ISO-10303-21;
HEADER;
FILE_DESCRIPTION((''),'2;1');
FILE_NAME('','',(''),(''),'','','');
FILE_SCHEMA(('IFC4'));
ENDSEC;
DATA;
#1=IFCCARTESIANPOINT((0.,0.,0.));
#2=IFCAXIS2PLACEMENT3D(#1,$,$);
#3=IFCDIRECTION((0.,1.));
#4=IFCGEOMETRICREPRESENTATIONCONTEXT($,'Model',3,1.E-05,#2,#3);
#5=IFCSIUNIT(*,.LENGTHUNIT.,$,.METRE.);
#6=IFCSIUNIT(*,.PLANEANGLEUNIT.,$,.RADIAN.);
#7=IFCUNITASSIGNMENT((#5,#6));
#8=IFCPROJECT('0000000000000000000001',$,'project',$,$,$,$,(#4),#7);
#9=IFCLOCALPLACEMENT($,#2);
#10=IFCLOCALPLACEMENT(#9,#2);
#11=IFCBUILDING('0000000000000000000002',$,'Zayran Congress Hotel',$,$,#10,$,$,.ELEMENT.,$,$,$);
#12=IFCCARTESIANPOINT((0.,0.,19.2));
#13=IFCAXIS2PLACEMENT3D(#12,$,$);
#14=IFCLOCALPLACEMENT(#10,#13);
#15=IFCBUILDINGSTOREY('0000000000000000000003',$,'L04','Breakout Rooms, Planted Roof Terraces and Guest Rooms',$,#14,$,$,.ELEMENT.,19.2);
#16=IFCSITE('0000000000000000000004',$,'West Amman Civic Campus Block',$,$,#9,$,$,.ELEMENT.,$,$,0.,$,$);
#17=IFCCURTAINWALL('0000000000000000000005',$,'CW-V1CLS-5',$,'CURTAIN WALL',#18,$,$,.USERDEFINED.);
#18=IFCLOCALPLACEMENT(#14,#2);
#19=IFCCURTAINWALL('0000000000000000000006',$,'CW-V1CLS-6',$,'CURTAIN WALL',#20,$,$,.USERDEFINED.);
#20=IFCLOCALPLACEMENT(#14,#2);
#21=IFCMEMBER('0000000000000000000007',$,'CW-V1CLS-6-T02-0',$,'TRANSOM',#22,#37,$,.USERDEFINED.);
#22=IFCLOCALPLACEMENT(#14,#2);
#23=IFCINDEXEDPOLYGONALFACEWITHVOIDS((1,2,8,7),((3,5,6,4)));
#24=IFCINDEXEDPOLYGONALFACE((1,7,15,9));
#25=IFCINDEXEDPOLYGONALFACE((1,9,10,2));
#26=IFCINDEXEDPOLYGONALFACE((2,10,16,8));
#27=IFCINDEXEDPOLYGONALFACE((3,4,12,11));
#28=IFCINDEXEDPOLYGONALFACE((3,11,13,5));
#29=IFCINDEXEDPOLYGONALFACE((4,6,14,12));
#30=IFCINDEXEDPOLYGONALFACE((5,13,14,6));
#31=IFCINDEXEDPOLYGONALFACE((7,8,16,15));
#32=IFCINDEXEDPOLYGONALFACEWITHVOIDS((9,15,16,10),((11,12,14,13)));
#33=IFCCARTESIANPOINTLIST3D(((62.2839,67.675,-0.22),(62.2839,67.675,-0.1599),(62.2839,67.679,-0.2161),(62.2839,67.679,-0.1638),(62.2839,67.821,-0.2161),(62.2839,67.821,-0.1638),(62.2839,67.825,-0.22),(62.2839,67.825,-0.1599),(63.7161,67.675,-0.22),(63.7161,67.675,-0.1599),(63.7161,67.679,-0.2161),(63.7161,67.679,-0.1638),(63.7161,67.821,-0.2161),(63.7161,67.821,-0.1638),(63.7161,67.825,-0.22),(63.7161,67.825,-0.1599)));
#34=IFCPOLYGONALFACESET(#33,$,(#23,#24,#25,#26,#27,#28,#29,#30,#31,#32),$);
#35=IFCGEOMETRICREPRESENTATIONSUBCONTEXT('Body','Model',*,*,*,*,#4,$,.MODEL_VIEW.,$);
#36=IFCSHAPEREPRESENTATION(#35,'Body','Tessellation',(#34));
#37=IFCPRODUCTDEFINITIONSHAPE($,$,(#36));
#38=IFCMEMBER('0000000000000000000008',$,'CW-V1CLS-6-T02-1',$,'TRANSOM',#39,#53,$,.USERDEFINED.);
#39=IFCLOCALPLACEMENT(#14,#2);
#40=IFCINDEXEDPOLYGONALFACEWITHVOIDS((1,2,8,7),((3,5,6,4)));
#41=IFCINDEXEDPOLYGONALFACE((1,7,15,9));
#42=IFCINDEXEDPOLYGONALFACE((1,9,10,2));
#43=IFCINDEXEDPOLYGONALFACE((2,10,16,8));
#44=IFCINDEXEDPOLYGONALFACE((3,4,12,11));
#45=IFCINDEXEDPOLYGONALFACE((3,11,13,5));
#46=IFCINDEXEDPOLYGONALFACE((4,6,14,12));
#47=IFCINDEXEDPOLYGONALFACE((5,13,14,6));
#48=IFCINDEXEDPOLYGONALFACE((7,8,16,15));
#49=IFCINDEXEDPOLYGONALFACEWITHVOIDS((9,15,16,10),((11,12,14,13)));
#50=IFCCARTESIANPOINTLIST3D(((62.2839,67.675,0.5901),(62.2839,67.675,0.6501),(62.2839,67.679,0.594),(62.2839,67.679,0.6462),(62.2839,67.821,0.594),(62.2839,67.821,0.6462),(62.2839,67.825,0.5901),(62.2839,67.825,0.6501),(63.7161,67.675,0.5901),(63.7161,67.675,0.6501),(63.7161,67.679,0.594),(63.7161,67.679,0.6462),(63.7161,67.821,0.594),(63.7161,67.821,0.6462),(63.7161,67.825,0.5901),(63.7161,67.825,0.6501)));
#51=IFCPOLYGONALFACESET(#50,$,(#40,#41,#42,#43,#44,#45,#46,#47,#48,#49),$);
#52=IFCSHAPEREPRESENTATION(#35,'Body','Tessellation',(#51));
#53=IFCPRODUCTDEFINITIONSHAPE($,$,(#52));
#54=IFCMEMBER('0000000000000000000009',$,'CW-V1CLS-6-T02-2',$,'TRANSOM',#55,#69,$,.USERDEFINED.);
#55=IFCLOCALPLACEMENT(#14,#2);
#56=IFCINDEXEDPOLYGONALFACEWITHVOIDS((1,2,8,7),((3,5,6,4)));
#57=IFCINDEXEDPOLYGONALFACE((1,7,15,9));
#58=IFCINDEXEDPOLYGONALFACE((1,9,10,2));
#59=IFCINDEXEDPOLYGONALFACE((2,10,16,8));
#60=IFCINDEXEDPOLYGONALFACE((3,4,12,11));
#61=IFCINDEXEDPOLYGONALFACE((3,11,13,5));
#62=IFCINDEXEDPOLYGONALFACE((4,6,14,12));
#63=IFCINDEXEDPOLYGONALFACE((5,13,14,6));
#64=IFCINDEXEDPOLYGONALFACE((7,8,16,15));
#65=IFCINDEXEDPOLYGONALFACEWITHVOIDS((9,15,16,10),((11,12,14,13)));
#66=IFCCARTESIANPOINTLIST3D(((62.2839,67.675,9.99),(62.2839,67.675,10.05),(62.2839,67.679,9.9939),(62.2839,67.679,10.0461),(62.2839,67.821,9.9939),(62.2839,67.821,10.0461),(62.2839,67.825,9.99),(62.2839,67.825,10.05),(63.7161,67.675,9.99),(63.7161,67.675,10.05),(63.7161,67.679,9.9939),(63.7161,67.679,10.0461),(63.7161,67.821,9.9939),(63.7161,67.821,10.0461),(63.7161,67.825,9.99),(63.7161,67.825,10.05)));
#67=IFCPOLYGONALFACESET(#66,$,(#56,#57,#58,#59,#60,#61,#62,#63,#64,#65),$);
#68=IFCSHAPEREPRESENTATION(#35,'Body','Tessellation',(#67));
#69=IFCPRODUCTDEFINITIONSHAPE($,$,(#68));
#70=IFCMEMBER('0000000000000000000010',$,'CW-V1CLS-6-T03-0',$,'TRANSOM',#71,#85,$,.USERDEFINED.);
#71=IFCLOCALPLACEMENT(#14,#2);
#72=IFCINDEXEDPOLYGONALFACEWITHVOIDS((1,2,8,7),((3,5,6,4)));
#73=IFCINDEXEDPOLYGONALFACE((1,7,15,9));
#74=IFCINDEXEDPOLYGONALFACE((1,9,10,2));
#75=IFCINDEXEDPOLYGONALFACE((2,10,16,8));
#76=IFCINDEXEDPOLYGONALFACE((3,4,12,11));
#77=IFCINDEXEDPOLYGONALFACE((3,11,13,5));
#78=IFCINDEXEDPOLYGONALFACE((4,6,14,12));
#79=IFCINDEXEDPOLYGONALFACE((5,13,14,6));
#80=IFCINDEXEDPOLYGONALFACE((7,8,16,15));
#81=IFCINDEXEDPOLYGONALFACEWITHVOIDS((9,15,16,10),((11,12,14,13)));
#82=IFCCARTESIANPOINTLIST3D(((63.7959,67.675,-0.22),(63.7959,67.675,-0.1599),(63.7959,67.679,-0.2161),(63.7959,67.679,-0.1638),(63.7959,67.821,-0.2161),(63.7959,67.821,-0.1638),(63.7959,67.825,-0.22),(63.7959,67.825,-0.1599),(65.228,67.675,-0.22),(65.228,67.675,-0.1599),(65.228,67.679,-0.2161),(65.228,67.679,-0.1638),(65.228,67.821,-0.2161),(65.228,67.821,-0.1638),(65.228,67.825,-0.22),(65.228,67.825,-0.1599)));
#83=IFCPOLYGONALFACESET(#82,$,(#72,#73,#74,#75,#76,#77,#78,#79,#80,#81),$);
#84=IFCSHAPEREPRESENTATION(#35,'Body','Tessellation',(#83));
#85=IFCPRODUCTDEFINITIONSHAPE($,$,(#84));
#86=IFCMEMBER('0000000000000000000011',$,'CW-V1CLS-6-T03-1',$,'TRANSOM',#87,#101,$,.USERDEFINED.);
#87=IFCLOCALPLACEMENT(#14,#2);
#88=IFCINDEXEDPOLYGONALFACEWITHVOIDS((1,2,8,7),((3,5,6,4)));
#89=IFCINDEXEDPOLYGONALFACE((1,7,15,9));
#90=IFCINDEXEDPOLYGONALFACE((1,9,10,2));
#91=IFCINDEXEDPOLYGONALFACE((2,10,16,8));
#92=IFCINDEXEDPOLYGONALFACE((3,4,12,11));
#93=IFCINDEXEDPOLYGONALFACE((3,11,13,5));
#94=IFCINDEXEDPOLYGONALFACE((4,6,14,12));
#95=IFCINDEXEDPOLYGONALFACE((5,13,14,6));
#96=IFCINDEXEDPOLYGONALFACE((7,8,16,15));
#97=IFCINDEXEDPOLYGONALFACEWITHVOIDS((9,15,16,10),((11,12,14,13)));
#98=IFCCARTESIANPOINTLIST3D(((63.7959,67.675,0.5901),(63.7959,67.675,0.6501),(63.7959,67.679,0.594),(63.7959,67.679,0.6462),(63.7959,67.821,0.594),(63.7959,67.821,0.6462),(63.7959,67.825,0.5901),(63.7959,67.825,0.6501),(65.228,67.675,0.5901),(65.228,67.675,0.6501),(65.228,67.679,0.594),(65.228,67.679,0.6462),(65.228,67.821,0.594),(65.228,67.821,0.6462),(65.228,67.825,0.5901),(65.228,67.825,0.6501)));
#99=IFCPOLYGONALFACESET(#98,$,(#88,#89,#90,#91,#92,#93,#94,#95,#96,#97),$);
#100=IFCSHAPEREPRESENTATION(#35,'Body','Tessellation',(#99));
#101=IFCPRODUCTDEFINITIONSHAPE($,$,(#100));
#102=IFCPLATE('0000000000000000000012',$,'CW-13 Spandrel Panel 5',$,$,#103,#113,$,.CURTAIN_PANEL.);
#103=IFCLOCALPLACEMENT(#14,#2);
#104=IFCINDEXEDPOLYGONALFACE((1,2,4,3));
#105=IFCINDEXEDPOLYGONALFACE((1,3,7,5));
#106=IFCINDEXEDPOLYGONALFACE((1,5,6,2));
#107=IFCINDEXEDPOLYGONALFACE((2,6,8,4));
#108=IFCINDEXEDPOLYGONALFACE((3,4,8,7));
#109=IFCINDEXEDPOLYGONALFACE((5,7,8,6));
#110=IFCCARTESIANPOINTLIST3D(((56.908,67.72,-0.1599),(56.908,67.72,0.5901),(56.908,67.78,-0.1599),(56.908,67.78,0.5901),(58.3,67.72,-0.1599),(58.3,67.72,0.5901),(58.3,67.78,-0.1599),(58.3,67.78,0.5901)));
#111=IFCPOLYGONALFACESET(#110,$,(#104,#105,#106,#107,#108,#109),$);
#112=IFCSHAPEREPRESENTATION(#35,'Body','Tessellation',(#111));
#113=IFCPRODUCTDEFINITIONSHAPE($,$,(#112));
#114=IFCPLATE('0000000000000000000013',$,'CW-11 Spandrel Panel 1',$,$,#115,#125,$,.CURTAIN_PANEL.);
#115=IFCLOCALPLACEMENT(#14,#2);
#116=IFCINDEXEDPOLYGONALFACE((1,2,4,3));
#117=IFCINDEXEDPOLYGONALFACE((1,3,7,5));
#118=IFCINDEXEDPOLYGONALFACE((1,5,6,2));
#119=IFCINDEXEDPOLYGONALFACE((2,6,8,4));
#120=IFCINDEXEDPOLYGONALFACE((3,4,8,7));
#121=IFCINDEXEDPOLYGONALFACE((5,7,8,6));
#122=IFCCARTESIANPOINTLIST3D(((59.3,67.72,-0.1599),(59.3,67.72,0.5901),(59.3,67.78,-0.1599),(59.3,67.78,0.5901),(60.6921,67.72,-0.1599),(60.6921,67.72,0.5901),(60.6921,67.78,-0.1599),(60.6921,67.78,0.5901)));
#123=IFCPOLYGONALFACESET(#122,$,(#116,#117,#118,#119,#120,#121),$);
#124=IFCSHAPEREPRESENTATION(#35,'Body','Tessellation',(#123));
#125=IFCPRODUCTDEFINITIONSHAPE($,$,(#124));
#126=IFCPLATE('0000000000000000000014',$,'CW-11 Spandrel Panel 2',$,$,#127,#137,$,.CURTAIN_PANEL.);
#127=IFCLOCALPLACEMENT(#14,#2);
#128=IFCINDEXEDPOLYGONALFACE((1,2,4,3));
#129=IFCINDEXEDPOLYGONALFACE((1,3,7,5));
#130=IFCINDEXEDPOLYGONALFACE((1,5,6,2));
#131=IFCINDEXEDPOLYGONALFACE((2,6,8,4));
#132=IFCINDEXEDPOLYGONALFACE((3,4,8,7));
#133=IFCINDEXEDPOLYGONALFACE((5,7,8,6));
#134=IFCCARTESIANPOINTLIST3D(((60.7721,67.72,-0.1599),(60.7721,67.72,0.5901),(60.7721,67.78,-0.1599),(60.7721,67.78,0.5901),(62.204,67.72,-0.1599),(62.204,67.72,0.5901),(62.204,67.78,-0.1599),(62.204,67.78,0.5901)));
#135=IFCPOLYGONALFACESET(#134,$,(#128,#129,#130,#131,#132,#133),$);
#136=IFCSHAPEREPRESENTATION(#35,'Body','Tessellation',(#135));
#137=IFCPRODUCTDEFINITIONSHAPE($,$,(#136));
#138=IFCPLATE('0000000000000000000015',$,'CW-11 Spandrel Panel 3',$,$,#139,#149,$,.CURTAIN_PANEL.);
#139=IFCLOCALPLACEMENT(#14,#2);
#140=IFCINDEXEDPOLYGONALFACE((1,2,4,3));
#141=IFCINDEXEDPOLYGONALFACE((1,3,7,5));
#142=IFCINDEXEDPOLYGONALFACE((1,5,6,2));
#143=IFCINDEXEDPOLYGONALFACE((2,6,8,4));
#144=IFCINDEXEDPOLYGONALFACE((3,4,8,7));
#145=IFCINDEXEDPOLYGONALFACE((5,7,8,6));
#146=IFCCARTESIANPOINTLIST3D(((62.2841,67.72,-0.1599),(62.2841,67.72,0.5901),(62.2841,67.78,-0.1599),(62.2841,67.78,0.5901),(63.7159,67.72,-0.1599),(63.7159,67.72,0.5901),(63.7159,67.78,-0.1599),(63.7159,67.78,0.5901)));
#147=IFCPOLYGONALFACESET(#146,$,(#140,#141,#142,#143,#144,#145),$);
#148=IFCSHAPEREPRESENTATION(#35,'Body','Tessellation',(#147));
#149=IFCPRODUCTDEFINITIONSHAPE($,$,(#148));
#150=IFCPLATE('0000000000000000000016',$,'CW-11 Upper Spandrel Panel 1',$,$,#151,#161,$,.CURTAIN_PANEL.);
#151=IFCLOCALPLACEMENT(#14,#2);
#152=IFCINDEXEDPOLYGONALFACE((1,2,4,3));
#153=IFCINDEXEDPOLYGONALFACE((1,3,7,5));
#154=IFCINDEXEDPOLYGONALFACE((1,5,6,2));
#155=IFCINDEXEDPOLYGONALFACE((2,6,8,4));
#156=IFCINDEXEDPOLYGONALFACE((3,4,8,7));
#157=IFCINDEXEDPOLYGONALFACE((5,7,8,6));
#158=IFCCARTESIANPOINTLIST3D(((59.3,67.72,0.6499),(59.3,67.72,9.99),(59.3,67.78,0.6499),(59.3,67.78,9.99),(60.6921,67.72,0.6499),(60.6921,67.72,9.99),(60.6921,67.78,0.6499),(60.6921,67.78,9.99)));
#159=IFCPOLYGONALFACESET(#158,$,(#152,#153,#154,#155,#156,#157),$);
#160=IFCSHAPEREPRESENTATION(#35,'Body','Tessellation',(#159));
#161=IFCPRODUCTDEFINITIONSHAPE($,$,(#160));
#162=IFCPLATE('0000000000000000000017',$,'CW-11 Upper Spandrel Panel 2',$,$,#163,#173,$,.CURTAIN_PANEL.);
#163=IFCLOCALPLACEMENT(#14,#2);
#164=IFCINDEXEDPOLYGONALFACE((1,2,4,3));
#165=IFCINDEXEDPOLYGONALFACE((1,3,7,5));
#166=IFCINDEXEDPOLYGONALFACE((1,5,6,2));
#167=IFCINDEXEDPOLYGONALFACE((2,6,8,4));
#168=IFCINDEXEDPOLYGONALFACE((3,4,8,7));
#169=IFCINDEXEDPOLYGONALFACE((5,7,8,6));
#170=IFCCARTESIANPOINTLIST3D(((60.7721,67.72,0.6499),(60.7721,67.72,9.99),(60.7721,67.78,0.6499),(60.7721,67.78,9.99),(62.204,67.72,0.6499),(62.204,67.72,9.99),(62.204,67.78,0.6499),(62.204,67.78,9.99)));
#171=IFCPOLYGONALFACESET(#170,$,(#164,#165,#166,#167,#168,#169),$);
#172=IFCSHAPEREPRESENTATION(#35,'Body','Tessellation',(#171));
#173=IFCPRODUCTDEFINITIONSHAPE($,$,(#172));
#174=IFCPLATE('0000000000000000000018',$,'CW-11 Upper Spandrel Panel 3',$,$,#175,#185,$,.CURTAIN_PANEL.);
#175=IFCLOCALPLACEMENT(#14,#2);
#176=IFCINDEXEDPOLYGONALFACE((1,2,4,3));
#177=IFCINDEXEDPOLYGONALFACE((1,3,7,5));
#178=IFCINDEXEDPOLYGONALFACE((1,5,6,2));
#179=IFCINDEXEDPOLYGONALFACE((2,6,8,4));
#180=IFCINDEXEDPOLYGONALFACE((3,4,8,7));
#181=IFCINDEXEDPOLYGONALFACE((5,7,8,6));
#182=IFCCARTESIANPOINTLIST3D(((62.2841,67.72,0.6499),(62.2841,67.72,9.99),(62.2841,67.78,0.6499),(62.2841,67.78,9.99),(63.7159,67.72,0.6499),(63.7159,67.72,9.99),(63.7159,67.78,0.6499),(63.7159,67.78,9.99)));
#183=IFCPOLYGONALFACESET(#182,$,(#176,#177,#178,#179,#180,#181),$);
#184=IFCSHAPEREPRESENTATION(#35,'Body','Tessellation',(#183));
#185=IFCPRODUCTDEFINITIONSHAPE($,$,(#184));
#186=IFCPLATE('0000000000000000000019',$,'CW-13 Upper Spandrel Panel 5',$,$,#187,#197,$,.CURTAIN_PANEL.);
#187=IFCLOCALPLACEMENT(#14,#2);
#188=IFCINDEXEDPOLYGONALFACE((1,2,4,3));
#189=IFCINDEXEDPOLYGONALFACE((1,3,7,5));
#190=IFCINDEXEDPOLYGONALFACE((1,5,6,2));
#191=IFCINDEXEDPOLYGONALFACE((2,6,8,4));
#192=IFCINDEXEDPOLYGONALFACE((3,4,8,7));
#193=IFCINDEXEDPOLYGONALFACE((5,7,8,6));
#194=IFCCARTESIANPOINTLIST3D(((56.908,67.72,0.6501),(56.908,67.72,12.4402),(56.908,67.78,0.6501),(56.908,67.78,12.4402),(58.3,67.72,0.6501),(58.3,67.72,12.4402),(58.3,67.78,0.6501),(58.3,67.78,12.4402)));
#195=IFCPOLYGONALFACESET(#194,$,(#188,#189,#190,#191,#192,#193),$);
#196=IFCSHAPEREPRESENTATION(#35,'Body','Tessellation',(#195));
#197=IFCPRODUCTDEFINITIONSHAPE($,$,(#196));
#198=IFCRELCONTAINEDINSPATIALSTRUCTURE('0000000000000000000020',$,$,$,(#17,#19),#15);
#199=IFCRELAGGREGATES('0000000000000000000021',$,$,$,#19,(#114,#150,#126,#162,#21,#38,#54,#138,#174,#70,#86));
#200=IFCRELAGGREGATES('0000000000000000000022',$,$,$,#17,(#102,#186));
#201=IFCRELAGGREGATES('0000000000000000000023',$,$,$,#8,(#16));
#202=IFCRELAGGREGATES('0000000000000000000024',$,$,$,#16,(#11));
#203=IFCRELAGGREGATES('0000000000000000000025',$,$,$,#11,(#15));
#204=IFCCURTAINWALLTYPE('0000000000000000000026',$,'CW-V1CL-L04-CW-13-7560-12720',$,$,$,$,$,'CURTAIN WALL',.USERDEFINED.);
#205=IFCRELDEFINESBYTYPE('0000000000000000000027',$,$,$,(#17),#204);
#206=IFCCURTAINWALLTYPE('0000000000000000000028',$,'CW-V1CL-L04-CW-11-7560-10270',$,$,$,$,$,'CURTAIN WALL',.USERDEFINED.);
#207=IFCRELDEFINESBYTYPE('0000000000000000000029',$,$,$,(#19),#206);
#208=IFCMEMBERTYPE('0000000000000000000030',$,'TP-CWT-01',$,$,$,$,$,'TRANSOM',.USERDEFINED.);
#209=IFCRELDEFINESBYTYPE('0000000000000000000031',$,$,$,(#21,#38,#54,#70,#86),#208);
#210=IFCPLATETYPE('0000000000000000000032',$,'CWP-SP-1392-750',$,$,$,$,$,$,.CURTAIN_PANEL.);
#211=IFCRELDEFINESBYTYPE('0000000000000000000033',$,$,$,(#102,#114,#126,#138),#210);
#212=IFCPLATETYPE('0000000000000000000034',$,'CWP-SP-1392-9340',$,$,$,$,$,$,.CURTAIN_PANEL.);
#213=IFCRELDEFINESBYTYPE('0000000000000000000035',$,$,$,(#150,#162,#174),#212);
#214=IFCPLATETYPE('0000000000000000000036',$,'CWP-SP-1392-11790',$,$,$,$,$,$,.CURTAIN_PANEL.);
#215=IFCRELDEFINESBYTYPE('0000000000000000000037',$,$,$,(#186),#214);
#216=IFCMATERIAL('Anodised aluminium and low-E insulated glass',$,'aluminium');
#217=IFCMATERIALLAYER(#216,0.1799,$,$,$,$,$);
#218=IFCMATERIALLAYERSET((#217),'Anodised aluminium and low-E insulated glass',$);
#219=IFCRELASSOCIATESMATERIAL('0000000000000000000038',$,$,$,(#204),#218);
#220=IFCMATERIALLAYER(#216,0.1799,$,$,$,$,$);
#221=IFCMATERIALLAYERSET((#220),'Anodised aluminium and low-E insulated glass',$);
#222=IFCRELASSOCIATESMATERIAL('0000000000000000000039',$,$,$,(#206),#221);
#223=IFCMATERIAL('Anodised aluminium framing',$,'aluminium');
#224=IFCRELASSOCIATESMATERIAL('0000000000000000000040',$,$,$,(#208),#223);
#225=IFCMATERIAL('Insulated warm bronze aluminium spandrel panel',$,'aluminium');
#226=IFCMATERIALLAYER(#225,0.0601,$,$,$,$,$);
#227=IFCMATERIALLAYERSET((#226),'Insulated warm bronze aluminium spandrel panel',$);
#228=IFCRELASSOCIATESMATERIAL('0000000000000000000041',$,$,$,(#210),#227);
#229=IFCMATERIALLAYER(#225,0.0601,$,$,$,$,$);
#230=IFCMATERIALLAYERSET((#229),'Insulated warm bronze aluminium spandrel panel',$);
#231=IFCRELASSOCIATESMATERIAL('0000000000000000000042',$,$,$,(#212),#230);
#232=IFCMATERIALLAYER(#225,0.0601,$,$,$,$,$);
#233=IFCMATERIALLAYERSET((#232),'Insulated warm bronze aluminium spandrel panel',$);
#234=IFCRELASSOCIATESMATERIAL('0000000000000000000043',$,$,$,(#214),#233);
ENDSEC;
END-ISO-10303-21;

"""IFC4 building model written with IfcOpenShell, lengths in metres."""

from ifc_helpers import new_model, si_unit, direction, frame, origin, origin_2d, place, context, subcontext, project, spatial, rectangle, hollow_rectangle, extrude, material, layer, layer_set, material_profile, profile_set, type_object, element, aggregate, save


model = new_model("IFC4")

# Units and contexts
model_context = context("Model", 3, precision=1e-05, world=origin(), true_north=direction((0.0, 1.0)))
body_context = subcontext(model_context, "Body", "Model", "MODEL_VIEW")
ifc_project = project(units=[si_unit("LENGTHUNIT", "METRE"), si_unit("PLANEANGLEUNIT", "RADIAN")], contexts=[model_context])

# Site, building, storey
site_placement = place(None, origin())
site = spatial("IfcSite", under=ifc_project, at=site_placement, Name="West Amman Civic Campus Block", CompositionType="ELEMENT", RefElevation=0.0)
building_placement = place(site_placement, origin())
building = spatial("IfcBuilding", under=site, at=building_placement, Name="Zayran Congress Hotel", CompositionType="ELEMENT")
storey_placement = place(building_placement, frame((0.0, 0.0, 19.2)))
storey = spatial("IfcBuildingStorey", under=building, at=storey_placement, Name="L04", Description="Breakout Rooms, Planted Roof Terraces and Guest Rooms", CompositionType="ELEMENT", Elevation=19.2)

# Curtain wall
ifc_material_1 = material(Name="Anodised aluminium and low-E insulated glass", Category="aluminium")
ifc_layer_1 = layer(ifc_material_1, 0.1799)
ifc_layer_set_1 = layer_set([ifc_layer_1], Name="Anodised aluminium and low-E insulated glass")
curtain_wall_type_1 = type_object("IfcCurtainWallType", Name="CW-V1CL-L04-CW-13-7560-12720", ElementType="CURTAIN WALL", PredefinedType="USERDEFINED", material=ifc_layer_set_1)
curtain_wall_1_placement = place(storey_placement, origin())
curtain_wall_1 = element("IfcCurtainWall", 1, at=curtain_wall_1_placement, inside=storey, type_object=curtain_wall_type_1, Name="CW-V1CLS-5", ObjectType="CURTAIN WALL", PredefinedType="USERDEFINED")
ifc_material_2 = material(Name="Anodised aluminium framing", Category="aluminium")

# Curtain wall, members
ifc_layer_2 = layer(ifc_material_1, 0.1799)
ifc_layer_set_2 = layer_set([ifc_layer_2], Name="Anodised aluminium and low-E insulated glass")
curtain_wall_type_2 = type_object("IfcCurtainWallType", Name="CW-V1CL-L04-CW-11-7560-10270", ElementType="CURTAIN WALL", PredefinedType="USERDEFINED", material=ifc_layer_set_2)
curtain_wall_2_placement = place(storey_placement, origin())
curtain_wall_2 = element("IfcCurtainWall", 2, at=curtain_wall_2_placement, inside=storey, type_object=curtain_wall_type_2, Name="CW-V1CLS-6", ObjectType="CURTAIN WALL", PredefinedType="USERDEFINED")
ifc_material_profile_1 = material_profile(ifc_material_2, hollow_rectangle(XDim=0.0601, YDim=0.1499, WallThickness=0.0039, at=origin_2d()), Name="RHS 150x60x4")
ifc_profile_set_1 = profile_set([ifc_material_profile_1], Name="Anodised aluminium framing")
member_type_1 = type_object("IfcMemberType", Name="TP-CWT-01", ElementType="TRANSOM", PredefinedType="USERDEFINED", material=ifc_profile_set_1)
member_1_placement = place(storey_placement, frame((62.2839, 67.75, -0.1899), z_axis=(1.0, 0.0, 0.0), x_axis=(0.0, 0.0, 1.0)))
member_1 = element("IfcMember", 3, at=member_1_placement, type_object=member_type_1, Name="CW-V1CLS-6-T02-0", ObjectType="TRANSOM", PredefinedType="USERDEFINED", context=body_context, shape_type="SweptSolid", body=[
    extrude(hollow_rectangle(XDim=0.0601, YDim=0.1499, WallThickness=0.0039, at=origin_2d()), origin(), (0.0, 0.0, 1.0), 1.4321),
])
member_2_placement = place(storey_placement, frame((62.2839, 67.75, 0.6201), z_axis=(1.0, 0.0, 0.0), x_axis=(0.0, 0.0, 1.0)))
member_2 = element("IfcMember", 4, at=member_2_placement, type_object=member_type_1, Name="CW-V1CLS-6-T02-1", ObjectType="TRANSOM", PredefinedType="USERDEFINED", context=body_context, shape_type="SweptSolid", body=[
    extrude(hollow_rectangle(XDim=0.0601, YDim=0.1499, WallThickness=0.0039, at=origin_2d()), origin(), (0.0, 0.0, 1.0), 1.4321),
])
member_3_placement = place(storey_placement, frame((62.2839, 67.75, 10.02), z_axis=(1.0, 0.0, 0.0), x_axis=(0.0, 0.0, 1.0)))
member_3 = element("IfcMember", 5, at=member_3_placement, type_object=member_type_1, Name="CW-V1CLS-6-T02-2", ObjectType="TRANSOM", PredefinedType="USERDEFINED", context=body_context, shape_type="SweptSolid", body=[
    extrude(hollow_rectangle(XDim=0.0601, YDim=0.1499, WallThickness=0.0039, at=origin_2d()), origin(), (0.0, 0.0, 1.0), 1.4321),
])
member_4_placement = place(storey_placement, frame((63.7959, 67.75, -0.1899), z_axis=(1.0, 0.0, 0.0), x_axis=(0.0, 0.0, 1.0)))
member_4 = element("IfcMember", 6, at=member_4_placement, type_object=member_type_1, Name="CW-V1CLS-6-T03-0", ObjectType="TRANSOM", PredefinedType="USERDEFINED", context=body_context, shape_type="SweptSolid", body=[
    extrude(hollow_rectangle(XDim=0.0601, YDim=0.1499, WallThickness=0.0039, at=origin_2d()), origin(), (0.0, 0.0, 1.0), 1.4321),
])
member_5_placement = place(storey_placement, frame((63.7959, 67.75, 0.6201), z_axis=(1.0, 0.0, 0.0), x_axis=(0.0, 0.0, 1.0)))
member_5 = element("IfcMember", 7, at=member_5_placement, type_object=member_type_1, Name="CW-V1CLS-6-T03-1", ObjectType="TRANSOM", PredefinedType="USERDEFINED", context=body_context, shape_type="SweptSolid", body=[
    extrude(hollow_rectangle(XDim=0.0601, YDim=0.1499, WallThickness=0.0039, at=origin_2d()), origin(), (0.0, 0.0, 1.0), 1.4321),
])

# Plates
ifc_material_3 = material(Name="Insulated warm bronze aluminium spandrel panel", Category="aluminium")
ifc_layer_3 = layer(ifc_material_3, 0.0601)
ifc_layer_set_3 = layer_set([ifc_layer_3], Name="Insulated warm bronze aluminium spandrel panel")
plate_type_1 = type_object("IfcPlateType", Name="CWP-SP-1392-750", PredefinedType="CURTAIN_PANEL", material=ifc_layer_set_3)
plate_1_placement = place(storey_placement, frame((57.604, 67.75, -0.1599), z_axis=(0.0, 0.0, 1.0), x_axis=(1.0, 0.0, 0.0)))
plate_1 = element("IfcPlate", 8, at=plate_1_placement, type_object=plate_type_1, Name="CW-13 Spandrel Panel 5", PredefinedType="CURTAIN_PANEL", context=body_context, shape_type="SweptSolid", body=[
    extrude(rectangle(XDim=1.3921, YDim=0.0601, at=origin_2d()), origin(), (0.0, 0.0, 1.0), 0.75),
])
plate_2_placement = place(storey_placement, frame((59.9961, 67.75, -0.1599), z_axis=(0.0, 0.0, 1.0), x_axis=(1.0, 0.0, 0.0)))
plate_2 = element("IfcPlate", 9, at=plate_2_placement, type_object=plate_type_1, Name="CW-11 Spandrel Panel 1", PredefinedType="CURTAIN_PANEL", context=body_context, shape_type="SweptSolid", body=[
    extrude(rectangle(XDim=1.3921, YDim=0.0601, at=origin_2d()), origin(), (0.0, 0.0, 1.0), 0.75),
])
plate_3_placement = place(storey_placement, frame((61.488, 67.75, -0.1599), z_axis=(0.0, 0.0, 1.0), x_axis=(1.0, 0.0, 0.0)))
plate_3 = element("IfcPlate", 10, at=plate_3_placement, type_object=plate_type_1, Name="CW-11 Spandrel Panel 2", PredefinedType="CURTAIN_PANEL", context=body_context, shape_type="SweptSolid", body=[
    extrude(rectangle(XDim=1.4319, YDim=0.0601, at=origin_2d()), origin(), (0.0, 0.0, 1.0), 0.75),
])
plate_4_placement = place(storey_placement, frame((63.0, 67.75, -0.1599), z_axis=(0.0, 0.0, 1.0), x_axis=(1.0, 0.0, 0.0)))
plate_4 = element("IfcPlate", 11, at=plate_4_placement, type_object=plate_type_1, Name="CW-11 Spandrel Panel 3", PredefinedType="CURTAIN_PANEL", context=body_context, shape_type="SweptSolid", body=[
    extrude(rectangle(XDim=1.4319, YDim=0.0601, at=origin_2d()), origin(), (0.0, 0.0, 1.0), 0.75),
])
ifc_layer_4 = layer(ifc_material_3, 0.0601)
ifc_layer_set_4 = layer_set([ifc_layer_4], Name="Insulated warm bronze aluminium spandrel panel")
plate_type_2 = type_object("IfcPlateType", Name="CWP-SP-1392-9340", PredefinedType="CURTAIN_PANEL", material=ifc_layer_set_4)
plate_5_placement = place(storey_placement, frame((59.9961, 67.75, 0.6499), z_axis=(0.0, 0.0, 1.0), x_axis=(1.0, 0.0, 0.0)))
plate_5 = element("IfcPlate", 12, at=plate_5_placement, type_object=plate_type_2, Name="CW-11 Upper Spandrel Panel 1", PredefinedType="CURTAIN_PANEL", context=body_context, shape_type="SweptSolid", body=[
    extrude(rectangle(XDim=1.3921, YDim=0.0601, at=origin_2d()), origin(), (0.0, 0.0, 1.0), 9.3401),
])
plate_6_placement = place(storey_placement, frame((61.488, 67.75, 0.6499), z_axis=(0.0, 0.0, 1.0), x_axis=(1.0, 0.0, 0.0)))
plate_6 = element("IfcPlate", 13, at=plate_6_placement, type_object=plate_type_2, Name="CW-11 Upper Spandrel Panel 2", PredefinedType="CURTAIN_PANEL", context=body_context, shape_type="SweptSolid", body=[
    extrude(rectangle(XDim=1.4319, YDim=0.0601, at=origin_2d()), origin(), (0.0, 0.0, 1.0), 9.3401),
])
plate_7_placement = place(storey_placement, frame((63.0, 67.75, 0.6499), z_axis=(0.0, 0.0, 1.0), x_axis=(1.0, 0.0, 0.0)))
plate_7 = element("IfcPlate", 14, at=plate_7_placement, type_object=plate_type_2, Name="CW-11 Upper Spandrel Panel 3", PredefinedType="CURTAIN_PANEL", context=body_context, shape_type="SweptSolid", body=[
    extrude(rectangle(XDim=1.4319, YDim=0.0601, at=origin_2d()), origin(), (0.0, 0.0, 1.0), 9.3401),
])
aggregate(curtain_wall_2, [plate_2, plate_5, plate_3, plate_6, member_1, member_2, member_3, plate_4, plate_7, member_4, member_5])
ifc_layer_5 = layer(ifc_material_3, 0.0601)
ifc_layer_set_5 = layer_set([ifc_layer_5], Name="Insulated warm bronze aluminium spandrel panel")
plate_type_3 = type_object("IfcPlateType", Name="CWP-SP-1392-11790", PredefinedType="CURTAIN_PANEL", material=ifc_layer_set_5)
plate_8_placement = place(storey_placement, frame((57.604, 67.75, 0.6501), z_axis=(0.0, 0.0, 1.0), x_axis=(1.0, 0.0, 0.0)))
plate_8 = element("IfcPlate", 15, at=plate_8_placement, type_object=plate_type_3, Name="CW-13 Upper Spandrel Panel 5", PredefinedType="CURTAIN_PANEL", context=body_context, shape_type="SweptSolid", body=[
    extrude(rectangle(XDim=1.3921, YDim=0.0601, at=origin_2d()), origin(), (0.0, 0.0, 1.0), 11.79),
])
aggregate(curtain_wall_1, [plate_1, plate_8])

save(model, "model.ifc")
